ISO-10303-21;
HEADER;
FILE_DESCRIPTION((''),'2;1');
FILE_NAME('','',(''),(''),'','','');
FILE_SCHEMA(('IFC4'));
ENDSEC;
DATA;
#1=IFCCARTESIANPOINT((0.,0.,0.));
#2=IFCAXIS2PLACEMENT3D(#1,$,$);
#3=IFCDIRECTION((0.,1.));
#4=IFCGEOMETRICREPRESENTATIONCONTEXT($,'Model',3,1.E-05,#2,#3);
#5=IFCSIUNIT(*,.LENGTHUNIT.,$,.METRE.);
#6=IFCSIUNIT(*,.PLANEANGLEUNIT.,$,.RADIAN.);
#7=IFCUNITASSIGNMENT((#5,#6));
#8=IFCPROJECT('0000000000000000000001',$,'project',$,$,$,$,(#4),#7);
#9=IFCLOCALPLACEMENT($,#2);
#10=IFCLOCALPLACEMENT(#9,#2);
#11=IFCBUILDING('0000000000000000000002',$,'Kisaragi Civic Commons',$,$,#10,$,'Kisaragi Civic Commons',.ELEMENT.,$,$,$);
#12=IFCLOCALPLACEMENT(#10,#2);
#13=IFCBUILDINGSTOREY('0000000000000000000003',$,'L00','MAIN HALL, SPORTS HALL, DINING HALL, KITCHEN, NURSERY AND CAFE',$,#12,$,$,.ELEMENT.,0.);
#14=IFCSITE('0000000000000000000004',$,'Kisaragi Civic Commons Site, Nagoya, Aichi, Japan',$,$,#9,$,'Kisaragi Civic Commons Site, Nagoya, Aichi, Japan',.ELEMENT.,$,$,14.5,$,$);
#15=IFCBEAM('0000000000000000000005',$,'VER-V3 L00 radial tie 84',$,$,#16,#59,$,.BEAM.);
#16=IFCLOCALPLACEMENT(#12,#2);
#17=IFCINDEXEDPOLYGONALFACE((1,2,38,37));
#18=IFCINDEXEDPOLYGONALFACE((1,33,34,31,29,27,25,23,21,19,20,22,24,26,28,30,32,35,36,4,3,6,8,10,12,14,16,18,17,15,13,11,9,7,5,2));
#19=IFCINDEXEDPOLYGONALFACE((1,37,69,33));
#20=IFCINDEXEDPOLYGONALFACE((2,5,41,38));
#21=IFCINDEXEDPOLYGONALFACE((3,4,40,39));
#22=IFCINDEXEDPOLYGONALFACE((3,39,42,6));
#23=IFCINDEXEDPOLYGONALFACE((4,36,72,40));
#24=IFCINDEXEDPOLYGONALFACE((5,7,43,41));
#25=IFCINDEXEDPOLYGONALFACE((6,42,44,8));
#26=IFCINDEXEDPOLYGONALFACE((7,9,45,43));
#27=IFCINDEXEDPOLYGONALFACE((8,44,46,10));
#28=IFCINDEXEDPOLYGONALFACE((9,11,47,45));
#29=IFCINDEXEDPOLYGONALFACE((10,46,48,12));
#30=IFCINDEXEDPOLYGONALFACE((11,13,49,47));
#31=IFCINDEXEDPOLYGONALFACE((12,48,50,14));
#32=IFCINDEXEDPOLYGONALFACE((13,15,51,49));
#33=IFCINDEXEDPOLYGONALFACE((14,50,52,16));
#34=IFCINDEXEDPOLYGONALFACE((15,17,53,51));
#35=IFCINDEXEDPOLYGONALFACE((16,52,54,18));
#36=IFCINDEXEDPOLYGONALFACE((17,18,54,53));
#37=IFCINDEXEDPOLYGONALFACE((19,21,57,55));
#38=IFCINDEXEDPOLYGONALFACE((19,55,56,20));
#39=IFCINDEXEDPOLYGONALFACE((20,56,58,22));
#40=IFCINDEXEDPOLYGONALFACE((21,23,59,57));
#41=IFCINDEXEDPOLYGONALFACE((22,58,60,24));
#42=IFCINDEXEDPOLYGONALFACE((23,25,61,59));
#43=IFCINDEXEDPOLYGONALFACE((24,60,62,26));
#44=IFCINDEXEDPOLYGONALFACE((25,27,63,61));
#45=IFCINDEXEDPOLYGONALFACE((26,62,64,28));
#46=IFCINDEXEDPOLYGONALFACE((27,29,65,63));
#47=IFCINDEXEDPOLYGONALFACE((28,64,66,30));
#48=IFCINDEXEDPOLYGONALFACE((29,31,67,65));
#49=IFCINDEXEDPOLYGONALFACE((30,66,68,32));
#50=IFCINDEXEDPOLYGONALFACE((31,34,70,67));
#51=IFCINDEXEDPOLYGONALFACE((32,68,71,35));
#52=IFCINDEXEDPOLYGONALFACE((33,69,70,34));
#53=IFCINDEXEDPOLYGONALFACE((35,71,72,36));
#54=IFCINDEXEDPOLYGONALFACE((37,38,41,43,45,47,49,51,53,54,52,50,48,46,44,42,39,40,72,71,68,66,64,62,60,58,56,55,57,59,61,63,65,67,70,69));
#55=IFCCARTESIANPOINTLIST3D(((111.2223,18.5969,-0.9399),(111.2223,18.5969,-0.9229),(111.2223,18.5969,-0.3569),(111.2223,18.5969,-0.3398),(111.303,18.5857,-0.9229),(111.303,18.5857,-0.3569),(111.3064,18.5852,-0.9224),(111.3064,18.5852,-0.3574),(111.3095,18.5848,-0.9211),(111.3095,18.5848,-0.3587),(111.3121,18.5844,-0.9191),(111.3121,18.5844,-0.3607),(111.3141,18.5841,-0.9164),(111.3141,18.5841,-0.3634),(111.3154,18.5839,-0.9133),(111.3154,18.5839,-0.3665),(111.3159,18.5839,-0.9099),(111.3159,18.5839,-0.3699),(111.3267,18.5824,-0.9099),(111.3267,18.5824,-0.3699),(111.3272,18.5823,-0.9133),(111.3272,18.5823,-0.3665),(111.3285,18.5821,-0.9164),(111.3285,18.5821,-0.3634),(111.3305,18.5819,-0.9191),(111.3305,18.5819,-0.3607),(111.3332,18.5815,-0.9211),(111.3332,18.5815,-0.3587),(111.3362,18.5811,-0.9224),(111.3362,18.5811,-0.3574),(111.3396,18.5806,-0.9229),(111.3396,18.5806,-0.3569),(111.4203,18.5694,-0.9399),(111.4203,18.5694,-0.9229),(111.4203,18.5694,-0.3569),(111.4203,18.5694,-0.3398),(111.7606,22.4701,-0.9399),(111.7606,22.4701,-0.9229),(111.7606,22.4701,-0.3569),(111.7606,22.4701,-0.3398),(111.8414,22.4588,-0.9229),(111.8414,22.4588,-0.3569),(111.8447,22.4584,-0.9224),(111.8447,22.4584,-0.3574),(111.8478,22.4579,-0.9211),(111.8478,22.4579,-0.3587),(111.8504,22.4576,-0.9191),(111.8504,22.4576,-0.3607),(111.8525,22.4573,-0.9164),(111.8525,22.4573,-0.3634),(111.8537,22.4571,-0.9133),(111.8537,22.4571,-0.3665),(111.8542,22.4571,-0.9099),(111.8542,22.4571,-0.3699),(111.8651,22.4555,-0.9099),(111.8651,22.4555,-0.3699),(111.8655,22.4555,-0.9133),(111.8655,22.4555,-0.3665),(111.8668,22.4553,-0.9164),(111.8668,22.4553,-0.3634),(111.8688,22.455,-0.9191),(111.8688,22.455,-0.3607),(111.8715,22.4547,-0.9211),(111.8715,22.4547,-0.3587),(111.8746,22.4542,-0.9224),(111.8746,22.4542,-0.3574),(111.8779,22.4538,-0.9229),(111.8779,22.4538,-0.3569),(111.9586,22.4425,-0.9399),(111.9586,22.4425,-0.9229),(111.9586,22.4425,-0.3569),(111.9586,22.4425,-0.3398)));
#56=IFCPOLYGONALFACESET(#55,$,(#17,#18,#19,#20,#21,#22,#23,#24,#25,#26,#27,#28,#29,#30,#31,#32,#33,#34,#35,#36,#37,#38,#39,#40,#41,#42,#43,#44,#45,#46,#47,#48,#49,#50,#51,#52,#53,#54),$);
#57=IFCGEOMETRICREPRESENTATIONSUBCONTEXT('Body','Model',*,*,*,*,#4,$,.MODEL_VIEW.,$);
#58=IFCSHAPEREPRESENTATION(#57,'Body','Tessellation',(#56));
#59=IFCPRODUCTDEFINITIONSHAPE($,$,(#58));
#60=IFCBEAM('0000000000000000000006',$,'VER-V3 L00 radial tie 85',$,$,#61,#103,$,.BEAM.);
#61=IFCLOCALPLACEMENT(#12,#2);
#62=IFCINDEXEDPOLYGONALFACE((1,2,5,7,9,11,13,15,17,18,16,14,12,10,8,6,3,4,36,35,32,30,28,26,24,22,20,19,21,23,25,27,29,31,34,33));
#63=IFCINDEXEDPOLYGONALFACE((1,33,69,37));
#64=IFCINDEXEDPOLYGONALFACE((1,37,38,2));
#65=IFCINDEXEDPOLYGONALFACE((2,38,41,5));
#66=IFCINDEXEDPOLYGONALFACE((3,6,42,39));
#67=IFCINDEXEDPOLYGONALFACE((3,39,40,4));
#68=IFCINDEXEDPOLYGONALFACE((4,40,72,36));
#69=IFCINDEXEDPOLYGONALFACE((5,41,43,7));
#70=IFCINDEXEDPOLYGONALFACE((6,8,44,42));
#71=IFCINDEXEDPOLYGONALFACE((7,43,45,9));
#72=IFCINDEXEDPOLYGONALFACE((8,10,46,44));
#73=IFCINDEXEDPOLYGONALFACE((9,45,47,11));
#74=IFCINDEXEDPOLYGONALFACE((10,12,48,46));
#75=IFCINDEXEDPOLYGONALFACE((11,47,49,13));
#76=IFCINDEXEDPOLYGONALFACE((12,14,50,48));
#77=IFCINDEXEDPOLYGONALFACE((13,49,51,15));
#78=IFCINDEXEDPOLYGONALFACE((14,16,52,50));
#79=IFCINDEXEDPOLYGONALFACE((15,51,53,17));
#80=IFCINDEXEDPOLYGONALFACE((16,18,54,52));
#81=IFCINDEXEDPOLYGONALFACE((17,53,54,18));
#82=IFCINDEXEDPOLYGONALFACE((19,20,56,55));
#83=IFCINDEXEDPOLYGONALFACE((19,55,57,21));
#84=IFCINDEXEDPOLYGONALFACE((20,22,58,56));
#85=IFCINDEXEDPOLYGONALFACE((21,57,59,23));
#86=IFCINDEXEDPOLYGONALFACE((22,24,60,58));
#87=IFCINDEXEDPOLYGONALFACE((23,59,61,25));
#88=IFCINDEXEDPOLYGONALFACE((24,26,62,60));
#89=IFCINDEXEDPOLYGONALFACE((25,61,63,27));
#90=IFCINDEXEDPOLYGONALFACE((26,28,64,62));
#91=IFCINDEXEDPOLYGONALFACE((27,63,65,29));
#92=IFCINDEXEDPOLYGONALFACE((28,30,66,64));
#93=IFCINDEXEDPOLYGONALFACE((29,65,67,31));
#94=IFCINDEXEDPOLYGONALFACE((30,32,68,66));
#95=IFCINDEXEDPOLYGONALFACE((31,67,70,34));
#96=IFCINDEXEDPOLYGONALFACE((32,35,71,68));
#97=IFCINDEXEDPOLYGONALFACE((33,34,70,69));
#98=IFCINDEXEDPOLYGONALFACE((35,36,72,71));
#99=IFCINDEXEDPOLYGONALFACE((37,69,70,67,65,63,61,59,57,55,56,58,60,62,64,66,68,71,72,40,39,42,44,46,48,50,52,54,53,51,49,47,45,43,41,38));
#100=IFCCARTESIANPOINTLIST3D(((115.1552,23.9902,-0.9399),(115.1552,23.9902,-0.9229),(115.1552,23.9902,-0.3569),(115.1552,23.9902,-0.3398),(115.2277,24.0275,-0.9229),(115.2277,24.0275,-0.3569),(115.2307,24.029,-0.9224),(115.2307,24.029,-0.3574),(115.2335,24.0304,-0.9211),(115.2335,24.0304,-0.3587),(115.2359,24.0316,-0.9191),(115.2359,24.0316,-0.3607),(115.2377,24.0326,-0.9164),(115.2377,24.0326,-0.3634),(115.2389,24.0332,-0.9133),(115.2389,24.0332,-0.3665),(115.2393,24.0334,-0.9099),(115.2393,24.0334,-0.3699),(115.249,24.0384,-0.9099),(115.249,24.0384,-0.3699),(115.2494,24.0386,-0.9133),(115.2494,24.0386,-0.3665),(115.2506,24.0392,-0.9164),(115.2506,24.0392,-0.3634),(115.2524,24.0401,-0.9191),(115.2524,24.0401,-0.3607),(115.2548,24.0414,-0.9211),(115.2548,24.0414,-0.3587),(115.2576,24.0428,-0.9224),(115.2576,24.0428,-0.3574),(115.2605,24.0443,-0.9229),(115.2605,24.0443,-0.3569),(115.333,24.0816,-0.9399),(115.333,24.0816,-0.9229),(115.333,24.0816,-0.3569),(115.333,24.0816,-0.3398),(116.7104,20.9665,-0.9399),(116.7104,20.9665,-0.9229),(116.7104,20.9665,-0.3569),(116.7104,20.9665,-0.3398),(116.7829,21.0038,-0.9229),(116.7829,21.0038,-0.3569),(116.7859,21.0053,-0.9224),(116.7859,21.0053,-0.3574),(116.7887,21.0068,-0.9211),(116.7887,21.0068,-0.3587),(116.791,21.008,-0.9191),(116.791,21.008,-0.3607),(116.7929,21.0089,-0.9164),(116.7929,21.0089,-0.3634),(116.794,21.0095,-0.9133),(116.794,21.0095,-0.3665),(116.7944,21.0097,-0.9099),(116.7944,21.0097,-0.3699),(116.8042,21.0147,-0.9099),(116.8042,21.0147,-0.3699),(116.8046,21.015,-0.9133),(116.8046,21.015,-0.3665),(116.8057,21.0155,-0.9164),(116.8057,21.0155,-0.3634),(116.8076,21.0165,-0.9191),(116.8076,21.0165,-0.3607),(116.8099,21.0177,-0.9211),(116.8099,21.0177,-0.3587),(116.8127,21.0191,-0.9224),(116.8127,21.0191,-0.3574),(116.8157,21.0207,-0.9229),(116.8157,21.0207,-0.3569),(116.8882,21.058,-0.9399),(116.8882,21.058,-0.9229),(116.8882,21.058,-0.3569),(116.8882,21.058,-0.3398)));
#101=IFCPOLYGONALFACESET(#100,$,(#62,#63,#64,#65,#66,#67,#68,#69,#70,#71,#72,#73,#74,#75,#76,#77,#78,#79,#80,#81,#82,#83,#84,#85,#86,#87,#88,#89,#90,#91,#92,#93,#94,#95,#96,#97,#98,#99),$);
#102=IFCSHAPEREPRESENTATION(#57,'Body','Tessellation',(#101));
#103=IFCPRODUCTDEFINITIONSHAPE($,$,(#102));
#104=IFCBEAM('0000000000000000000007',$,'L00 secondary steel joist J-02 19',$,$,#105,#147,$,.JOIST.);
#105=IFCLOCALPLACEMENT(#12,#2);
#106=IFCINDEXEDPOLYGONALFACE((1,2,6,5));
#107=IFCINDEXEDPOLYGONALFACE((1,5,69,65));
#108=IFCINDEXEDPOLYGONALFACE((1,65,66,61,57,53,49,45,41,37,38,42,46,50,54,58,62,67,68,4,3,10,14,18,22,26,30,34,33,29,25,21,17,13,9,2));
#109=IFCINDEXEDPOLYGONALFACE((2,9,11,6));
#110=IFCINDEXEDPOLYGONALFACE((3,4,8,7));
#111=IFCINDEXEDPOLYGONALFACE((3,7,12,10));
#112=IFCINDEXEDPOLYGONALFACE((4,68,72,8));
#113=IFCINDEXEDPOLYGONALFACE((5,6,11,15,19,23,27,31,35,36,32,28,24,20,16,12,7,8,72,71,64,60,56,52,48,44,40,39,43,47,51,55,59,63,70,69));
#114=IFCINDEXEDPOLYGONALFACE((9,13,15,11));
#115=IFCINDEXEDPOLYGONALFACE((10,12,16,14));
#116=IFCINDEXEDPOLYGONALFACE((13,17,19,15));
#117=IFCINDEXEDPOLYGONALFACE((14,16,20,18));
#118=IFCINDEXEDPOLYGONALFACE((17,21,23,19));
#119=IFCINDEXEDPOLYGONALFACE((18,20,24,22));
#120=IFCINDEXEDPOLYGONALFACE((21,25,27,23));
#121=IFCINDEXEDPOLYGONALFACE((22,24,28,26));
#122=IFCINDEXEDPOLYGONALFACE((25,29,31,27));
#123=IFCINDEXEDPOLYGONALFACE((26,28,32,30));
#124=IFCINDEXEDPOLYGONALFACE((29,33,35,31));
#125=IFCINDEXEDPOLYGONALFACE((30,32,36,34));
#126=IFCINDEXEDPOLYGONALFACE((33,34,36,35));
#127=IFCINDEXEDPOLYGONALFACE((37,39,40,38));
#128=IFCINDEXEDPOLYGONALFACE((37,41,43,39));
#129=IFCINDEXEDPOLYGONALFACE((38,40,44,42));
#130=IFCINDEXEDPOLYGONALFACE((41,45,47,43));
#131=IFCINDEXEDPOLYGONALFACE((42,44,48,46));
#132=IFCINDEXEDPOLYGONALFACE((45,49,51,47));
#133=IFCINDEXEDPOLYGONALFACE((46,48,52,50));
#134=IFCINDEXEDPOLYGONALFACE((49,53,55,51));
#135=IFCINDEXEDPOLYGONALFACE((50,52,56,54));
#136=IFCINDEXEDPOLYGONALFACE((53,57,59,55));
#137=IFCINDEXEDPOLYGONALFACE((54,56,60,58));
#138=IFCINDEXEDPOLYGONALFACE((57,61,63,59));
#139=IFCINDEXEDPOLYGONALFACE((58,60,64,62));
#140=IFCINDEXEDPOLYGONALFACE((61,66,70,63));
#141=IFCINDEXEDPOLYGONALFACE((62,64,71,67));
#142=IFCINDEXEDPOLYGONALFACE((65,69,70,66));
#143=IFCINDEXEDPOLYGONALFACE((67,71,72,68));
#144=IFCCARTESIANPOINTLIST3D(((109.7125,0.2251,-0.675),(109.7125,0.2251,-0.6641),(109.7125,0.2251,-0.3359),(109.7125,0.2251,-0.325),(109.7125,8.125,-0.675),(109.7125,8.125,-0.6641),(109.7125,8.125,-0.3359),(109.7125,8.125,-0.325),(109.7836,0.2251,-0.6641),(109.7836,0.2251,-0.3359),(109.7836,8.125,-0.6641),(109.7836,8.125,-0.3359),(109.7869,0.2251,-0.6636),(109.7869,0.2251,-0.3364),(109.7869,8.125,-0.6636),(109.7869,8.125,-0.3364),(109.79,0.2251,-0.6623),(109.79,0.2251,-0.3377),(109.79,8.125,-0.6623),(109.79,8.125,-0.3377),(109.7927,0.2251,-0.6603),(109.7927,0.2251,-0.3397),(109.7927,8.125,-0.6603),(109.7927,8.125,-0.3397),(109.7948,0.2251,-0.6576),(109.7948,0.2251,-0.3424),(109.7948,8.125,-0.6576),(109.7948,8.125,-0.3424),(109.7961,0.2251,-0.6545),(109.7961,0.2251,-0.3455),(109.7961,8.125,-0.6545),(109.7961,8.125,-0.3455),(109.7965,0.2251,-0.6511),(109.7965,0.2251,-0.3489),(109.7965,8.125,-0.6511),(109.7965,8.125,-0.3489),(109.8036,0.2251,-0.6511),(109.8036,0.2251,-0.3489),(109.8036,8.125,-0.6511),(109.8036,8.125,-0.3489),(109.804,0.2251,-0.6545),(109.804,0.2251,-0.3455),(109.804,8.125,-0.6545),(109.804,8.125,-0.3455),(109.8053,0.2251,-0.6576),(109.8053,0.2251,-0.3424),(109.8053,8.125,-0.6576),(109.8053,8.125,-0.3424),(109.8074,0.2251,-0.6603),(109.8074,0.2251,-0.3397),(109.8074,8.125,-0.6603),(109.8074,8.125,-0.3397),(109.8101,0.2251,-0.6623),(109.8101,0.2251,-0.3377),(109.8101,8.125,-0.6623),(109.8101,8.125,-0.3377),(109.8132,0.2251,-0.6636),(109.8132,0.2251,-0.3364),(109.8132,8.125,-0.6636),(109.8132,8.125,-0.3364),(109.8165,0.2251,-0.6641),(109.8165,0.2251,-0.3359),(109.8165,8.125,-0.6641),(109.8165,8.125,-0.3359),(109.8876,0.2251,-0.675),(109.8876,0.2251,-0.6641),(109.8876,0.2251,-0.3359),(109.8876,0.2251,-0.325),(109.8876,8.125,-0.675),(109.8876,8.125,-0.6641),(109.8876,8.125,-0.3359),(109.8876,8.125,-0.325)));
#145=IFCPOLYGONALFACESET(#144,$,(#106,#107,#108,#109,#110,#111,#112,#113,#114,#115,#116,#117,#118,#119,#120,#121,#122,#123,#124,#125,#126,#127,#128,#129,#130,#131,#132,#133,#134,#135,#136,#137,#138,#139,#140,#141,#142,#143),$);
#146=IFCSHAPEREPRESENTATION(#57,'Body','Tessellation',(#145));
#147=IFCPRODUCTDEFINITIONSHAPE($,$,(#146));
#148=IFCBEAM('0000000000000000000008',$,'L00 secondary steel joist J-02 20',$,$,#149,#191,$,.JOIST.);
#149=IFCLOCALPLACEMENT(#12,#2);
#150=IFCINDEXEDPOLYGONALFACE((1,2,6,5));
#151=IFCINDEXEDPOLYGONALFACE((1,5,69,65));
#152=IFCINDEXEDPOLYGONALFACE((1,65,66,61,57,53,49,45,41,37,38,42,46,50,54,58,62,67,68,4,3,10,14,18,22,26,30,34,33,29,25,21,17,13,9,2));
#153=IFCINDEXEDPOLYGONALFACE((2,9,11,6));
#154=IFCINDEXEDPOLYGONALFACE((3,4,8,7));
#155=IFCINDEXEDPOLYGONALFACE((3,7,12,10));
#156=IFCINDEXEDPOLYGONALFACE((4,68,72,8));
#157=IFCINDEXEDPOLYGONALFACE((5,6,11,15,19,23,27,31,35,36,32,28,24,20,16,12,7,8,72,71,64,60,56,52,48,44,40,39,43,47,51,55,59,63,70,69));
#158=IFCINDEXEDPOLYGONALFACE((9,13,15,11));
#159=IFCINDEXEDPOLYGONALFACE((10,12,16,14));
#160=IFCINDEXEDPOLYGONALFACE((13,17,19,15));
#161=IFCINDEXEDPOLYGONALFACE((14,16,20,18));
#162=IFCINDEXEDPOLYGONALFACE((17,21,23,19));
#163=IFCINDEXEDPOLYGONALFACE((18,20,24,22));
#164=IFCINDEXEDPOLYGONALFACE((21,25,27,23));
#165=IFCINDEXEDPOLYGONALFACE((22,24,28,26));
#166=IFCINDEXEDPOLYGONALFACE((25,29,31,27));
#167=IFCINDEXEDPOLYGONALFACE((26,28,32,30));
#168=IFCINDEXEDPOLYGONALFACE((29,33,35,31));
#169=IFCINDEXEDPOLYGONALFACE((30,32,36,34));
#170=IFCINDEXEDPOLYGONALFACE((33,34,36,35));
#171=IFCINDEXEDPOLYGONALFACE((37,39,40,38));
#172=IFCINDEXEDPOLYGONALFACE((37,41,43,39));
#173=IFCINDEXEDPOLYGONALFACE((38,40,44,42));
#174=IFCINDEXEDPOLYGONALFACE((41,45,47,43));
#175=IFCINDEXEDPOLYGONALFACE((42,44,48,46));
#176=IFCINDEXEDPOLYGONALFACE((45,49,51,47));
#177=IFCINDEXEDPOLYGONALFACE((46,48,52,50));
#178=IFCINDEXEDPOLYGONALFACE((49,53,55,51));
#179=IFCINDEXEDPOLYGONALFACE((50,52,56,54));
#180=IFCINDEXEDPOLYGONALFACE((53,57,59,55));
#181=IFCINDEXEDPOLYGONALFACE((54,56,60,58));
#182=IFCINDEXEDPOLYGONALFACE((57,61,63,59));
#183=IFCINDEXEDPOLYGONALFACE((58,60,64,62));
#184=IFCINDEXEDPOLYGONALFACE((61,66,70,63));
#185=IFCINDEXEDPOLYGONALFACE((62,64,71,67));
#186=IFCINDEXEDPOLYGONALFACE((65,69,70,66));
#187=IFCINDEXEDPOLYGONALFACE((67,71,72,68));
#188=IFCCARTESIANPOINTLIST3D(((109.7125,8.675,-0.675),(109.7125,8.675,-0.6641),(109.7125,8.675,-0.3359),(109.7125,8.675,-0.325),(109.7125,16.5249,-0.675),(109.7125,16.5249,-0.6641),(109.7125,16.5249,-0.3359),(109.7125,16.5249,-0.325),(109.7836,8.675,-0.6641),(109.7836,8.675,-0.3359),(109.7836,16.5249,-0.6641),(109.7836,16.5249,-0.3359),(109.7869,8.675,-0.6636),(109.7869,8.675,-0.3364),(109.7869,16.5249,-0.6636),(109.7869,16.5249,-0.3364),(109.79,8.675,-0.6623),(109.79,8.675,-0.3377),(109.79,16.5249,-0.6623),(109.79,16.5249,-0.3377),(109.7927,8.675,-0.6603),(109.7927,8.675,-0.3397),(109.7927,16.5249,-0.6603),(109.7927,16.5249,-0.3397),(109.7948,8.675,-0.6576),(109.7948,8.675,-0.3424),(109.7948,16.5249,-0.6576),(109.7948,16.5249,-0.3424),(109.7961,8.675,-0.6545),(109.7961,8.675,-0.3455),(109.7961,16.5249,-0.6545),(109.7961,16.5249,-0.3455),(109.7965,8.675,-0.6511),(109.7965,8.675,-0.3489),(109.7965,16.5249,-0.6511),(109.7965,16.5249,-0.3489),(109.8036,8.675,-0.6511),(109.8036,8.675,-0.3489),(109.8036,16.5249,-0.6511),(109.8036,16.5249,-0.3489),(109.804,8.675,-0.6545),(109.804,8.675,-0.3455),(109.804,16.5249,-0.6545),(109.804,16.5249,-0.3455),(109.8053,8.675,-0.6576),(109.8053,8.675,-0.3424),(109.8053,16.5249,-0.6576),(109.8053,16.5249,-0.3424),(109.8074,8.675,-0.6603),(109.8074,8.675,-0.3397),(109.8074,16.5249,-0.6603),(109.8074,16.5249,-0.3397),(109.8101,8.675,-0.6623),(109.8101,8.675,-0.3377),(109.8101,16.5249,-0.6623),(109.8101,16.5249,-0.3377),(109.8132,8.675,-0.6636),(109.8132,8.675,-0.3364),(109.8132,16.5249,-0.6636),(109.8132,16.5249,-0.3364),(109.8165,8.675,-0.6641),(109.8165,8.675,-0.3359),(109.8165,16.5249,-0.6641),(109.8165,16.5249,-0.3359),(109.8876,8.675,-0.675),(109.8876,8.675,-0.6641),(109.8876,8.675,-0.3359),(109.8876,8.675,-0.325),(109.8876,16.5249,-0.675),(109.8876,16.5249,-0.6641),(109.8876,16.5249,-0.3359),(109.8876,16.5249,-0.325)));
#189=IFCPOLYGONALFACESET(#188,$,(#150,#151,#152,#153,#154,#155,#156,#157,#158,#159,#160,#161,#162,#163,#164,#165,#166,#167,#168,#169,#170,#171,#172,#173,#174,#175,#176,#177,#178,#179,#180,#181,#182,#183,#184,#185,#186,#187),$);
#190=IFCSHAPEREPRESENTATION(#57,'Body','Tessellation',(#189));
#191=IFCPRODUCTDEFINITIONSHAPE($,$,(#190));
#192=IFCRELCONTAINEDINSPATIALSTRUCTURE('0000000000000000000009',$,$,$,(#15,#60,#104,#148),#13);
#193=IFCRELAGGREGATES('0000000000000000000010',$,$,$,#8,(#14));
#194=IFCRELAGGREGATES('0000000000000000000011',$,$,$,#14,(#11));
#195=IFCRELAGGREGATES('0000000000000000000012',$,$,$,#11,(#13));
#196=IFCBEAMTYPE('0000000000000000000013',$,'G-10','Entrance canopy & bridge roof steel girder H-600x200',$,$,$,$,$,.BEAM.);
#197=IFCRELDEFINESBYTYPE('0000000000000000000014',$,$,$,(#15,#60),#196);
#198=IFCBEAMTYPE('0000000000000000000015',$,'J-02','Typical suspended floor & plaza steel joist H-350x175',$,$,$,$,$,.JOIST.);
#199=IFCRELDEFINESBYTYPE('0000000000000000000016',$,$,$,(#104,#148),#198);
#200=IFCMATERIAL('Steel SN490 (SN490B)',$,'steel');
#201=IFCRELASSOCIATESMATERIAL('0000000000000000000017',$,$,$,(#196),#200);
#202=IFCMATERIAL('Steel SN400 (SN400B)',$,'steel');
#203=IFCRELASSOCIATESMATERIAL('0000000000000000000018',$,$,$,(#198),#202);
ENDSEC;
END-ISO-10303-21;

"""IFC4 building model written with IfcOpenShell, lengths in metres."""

from ifc_helpers import new_model, si_unit, direction, frame, origin, origin_2d, place, context, subcontext, project, spatial, i_section, extrude, material, material_profile, profile_set, type_object, element, save


model = new_model("IFC4")

# Units and contexts
model_context = context("Model", 3, precision=1e-05, world=origin(), true_north=direction((0.0, 1.0)))
body_context = subcontext(model_context, "Body", "Model", "MODEL_VIEW")
ifc_project = project(units=[si_unit("LENGTHUNIT", "METRE"), si_unit("PLANEANGLEUNIT", "RADIAN")], contexts=[model_context])

# Site, building, storey
site_placement = place(None, origin())
site = spatial("IfcSite", under=ifc_project, at=site_placement, Name="Kisaragi Civic Commons Site, Nagoya, Aichi, Japan", LongName="Kisaragi Civic Commons Site, Nagoya, Aichi, Japan", CompositionType="ELEMENT", RefElevation=14.5)
building_placement = place(site_placement, origin())
building = spatial("IfcBuilding", under=site, at=building_placement, Name="Kisaragi Civic Commons", LongName="Kisaragi Civic Commons", CompositionType="ELEMENT")
storey_placement = place(building_placement, origin())
storey = spatial("IfcBuildingStorey", under=building, at=storey_placement, Name="L00", Description="MAIN HALL, SPORTS HALL, DINING HALL, KITCHEN, NURSERY AND CAFE", CompositionType="ELEMENT", Elevation=0.0)

# Beams
ifc_material_1 = material(Name="Steel SN490 (SN490B)", Category="steel")
ifc_material_profile_1 = material_profile(ifc_material_1, i_section(OverallWidth=0.2, OverallDepth=0.6001, WebThickness=0.011, FlangeThickness=0.0171, FilletRadius=0.0129, at=origin_2d()), Name="H-600x200x11x17", Category="steel")
ifc_profile_set_1 = profile_set([ifc_material_profile_1], Name="Steel SN490 (SN490B)")
beam_type_1 = type_object("IfcBeamType", Name="G-10", Description="Entrance canopy & bridge roof steel girder H-600x200", PredefinedType="BEAM", material=ifc_profile_set_1)
beam_1_placement = place(storey_placement, frame((111.8596, 22.4563, -0.6399), z_axis=(-0.137662, -0.990479, 0.0), x_axis=(0.990479, -0.137662, 0.0)))
element("IfcBeam", 1, at=beam_1_placement, inside=storey, type_object=beam_type_1, Name="VER-V3 L00 radial tie 84", PredefinedType="BEAM", context=body_context, shape_type="SweptSolid", body=[
    extrude(i_section(OverallWidth=0.2, OverallDepth=0.6001, WebThickness=0.011, FlangeThickness=0.0171, FilletRadius=0.0129, at=origin_2d()), origin(), (0.0, 0.0, 1.0), 3.9104),
])
beam_2_placement = place(storey_placement, frame((115.2441, 24.0359, -0.6399), z_axis=(0.45738, -0.889271, 0.0), x_axis=(0.889271, 0.45738, 0.0)))
element("IfcBeam", 2, at=beam_2_placement, inside=storey, type_object=beam_type_1, Name="VER-V3 L00 radial tie 85", PredefinedType="BEAM", context=body_context, shape_type="SweptSolid", body=[
    extrude(i_section(OverallWidth=0.2, OverallDepth=0.6001, WebThickness=0.011, FlangeThickness=0.0171, FilletRadius=0.0129, at=origin_2d()), origin(), (0.0, 0.0, 1.0), 3.4001),
])
ifc_material_2 = material(Name="Steel SN400 (SN400B)", Category="steel")
ifc_material_profile_2 = material_profile(ifc_material_2, i_section(OverallWidth=0.175, OverallDepth=0.3501, WebThickness=0.0071, FlangeThickness=0.011, FilletRadius=0.0129, at=origin_2d()), Name="H-350x175x7x11", Category="steel")
ifc_profile_set_2 = profile_set([ifc_material_profile_2], Name="Steel SN400 (SN400B)")
beam_type_2 = type_object("IfcBeamType", Name="J-02", Description="Typical suspended floor & plaza steel joist H-350x175", PredefinedType="JOIST", material=ifc_profile_set_2)
beam_3_placement = place(storey_placement, frame((109.8, 0.2251, -0.5), z_axis=(0.0, 1.0, 0.0), x_axis=(-1.0, 0.0, 0.0)))
element("IfcBeam", 3, at=beam_3_placement, inside=storey, type_object=beam_type_2, Name="L00 secondary steel joist J-02 19", PredefinedType="JOIST", context=body_context, shape_type="SweptSolid", body=[
    extrude(i_section(OverallWidth=0.175, OverallDepth=0.3501, WebThickness=0.0071, FlangeThickness=0.011, FilletRadius=0.0129, at=origin_2d()), origin(), (0.0, 0.0, 1.0), 7.8999),
])
beam_4_placement = place(storey_placement, frame((109.8, 8.675, -0.5), z_axis=(0.0, 1.0, 0.0), x_axis=(-1.0, 0.0, 0.0)))
element("IfcBeam", 4, at=beam_4_placement, inside=storey, type_object=beam_type_2, Name="L00 secondary steel joist J-02 20", PredefinedType="JOIST", context=body_context, shape_type="SweptSolid", body=[
    extrude(i_section(OverallWidth=0.175, OverallDepth=0.3501, WebThickness=0.0071, FlangeThickness=0.011, FilletRadius=0.0129, at=origin_2d()), origin(), (0.0, 0.0, 1.0), 7.8499),
])

save(model, "model.ifc")
